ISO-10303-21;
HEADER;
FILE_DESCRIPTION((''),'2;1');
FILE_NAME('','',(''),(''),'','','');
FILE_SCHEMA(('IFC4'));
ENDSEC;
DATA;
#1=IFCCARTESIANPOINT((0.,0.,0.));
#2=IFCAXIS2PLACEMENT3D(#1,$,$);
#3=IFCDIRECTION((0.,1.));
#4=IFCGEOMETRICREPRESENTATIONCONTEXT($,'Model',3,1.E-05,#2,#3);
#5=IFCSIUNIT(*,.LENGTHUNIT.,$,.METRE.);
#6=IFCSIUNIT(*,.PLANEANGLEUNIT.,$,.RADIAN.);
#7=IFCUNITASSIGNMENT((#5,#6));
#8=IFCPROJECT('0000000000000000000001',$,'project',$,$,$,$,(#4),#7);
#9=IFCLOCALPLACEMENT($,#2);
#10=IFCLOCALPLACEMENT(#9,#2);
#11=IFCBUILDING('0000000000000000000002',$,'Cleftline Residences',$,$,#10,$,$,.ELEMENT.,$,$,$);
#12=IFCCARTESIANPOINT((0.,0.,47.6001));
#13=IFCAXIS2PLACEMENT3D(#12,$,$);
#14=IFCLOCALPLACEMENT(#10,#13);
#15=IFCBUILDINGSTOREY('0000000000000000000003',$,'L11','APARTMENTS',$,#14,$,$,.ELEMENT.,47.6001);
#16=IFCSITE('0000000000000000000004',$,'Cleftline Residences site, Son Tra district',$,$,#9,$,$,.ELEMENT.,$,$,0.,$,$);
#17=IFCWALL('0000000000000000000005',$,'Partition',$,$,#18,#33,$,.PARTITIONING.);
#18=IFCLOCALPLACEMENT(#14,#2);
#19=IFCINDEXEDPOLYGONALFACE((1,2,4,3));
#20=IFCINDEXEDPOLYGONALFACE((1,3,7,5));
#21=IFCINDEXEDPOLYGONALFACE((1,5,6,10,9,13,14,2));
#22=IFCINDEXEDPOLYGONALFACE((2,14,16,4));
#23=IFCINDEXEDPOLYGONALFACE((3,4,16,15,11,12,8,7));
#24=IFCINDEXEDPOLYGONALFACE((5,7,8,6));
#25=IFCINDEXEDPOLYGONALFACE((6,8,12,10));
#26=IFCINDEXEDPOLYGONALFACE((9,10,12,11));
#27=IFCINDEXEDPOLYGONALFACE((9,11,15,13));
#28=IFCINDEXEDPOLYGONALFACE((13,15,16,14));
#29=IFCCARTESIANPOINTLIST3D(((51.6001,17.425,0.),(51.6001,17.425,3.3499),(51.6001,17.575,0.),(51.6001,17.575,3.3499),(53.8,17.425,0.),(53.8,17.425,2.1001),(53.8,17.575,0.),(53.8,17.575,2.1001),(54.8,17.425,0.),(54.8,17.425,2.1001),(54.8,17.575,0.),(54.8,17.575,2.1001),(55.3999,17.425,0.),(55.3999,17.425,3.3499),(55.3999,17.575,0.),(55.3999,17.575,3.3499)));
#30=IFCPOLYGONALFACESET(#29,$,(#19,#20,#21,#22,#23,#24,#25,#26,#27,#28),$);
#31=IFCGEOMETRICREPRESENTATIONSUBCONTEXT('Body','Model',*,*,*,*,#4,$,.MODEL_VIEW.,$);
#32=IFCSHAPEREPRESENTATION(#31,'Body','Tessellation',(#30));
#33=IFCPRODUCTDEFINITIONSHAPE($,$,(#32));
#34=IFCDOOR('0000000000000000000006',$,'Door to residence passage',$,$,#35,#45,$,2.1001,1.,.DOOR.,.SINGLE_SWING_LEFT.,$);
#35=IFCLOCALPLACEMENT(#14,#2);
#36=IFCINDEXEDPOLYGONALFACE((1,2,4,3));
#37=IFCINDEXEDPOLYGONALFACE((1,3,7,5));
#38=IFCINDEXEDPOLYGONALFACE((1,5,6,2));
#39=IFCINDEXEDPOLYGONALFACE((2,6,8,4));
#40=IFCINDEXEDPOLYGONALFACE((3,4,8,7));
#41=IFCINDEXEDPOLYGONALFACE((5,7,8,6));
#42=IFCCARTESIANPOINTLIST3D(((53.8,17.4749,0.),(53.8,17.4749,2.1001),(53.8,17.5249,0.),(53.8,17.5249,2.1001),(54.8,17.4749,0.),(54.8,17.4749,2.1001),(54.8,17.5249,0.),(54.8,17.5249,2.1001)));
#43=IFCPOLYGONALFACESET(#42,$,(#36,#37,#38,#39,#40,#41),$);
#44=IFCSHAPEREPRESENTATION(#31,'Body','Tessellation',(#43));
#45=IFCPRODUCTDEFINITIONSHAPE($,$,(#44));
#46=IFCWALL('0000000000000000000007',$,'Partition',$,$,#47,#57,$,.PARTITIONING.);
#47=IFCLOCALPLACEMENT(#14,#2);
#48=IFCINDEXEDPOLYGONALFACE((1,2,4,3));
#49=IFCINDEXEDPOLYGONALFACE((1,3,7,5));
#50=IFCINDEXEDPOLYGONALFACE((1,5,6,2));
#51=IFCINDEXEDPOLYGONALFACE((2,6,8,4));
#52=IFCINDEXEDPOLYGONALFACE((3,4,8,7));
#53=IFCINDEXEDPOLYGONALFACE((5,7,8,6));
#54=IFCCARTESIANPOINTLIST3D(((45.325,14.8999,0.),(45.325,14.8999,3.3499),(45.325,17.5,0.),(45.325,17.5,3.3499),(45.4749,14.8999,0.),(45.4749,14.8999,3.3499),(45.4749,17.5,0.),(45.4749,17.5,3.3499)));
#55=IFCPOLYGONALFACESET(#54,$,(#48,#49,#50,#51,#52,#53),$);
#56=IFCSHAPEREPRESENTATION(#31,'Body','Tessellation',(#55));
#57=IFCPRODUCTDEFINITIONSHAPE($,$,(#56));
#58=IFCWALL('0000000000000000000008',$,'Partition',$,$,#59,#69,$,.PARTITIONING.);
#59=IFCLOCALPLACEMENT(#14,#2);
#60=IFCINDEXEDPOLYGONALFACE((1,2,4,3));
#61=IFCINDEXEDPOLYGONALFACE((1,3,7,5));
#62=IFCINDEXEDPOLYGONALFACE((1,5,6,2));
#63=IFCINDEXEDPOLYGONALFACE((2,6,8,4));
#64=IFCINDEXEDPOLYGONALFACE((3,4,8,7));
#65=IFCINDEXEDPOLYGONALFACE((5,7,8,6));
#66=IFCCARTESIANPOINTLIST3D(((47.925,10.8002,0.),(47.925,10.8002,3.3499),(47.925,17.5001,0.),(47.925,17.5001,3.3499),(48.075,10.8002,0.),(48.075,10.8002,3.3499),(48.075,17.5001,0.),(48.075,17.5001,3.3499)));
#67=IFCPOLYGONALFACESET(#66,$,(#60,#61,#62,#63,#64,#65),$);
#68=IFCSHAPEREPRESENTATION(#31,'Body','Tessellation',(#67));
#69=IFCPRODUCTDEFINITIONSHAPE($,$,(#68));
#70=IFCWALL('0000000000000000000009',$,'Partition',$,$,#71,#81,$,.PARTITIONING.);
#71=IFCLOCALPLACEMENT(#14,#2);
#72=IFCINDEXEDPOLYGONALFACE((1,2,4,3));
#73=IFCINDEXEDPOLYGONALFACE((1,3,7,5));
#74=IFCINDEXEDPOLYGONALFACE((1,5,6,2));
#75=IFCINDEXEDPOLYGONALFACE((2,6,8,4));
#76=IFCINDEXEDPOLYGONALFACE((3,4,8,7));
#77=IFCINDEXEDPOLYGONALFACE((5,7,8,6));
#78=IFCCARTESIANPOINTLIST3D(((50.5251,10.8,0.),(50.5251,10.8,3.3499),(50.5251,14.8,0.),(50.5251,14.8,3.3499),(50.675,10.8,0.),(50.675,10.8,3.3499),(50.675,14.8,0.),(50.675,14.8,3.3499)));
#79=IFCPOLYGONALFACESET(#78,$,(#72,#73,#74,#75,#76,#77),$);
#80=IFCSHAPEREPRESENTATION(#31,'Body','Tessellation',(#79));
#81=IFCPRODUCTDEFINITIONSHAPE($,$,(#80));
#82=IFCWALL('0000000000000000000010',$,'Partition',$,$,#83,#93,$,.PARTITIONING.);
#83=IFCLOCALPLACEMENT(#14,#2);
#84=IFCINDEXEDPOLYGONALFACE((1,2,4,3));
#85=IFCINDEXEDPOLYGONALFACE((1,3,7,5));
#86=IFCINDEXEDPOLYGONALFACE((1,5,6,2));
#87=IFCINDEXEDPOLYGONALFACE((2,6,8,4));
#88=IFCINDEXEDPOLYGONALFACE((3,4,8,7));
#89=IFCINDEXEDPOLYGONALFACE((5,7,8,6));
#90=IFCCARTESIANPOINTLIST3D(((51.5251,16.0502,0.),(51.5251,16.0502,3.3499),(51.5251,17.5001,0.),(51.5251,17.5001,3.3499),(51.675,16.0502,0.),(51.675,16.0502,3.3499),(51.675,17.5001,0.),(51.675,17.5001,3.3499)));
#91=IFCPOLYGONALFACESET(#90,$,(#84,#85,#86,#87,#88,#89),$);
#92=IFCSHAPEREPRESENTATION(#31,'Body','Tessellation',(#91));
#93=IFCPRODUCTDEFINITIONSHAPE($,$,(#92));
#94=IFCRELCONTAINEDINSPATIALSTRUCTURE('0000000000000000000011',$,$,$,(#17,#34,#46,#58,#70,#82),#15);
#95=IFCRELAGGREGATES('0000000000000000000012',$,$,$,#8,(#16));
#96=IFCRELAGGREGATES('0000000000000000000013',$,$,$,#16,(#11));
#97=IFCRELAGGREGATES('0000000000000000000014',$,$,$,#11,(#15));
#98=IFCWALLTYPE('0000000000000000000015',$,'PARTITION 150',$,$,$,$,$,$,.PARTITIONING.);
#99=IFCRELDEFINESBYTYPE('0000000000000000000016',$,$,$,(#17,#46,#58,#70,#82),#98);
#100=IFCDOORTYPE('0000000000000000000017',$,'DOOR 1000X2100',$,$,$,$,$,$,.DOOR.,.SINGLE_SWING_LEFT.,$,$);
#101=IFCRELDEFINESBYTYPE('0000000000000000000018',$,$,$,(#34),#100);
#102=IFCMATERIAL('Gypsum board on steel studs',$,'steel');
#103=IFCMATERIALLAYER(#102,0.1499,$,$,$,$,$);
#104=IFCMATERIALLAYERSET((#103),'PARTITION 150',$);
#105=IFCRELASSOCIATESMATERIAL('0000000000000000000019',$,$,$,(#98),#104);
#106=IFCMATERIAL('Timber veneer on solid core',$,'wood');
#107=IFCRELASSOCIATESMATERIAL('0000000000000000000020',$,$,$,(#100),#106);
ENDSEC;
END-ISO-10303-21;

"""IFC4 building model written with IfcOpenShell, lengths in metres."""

from ifc_helpers import new_model, si_unit, direction, frame, frame_2d, origin, place, context, subcontext, project, spatial, rectangle, extrude, material, layer, layer_set, type_object, element, fill, save


model = new_model("IFC4")

# Units and contexts
model_context = context("Model", 3, precision=1e-05, world=origin(), true_north=direction((0.0, 1.0)))
body_context = subcontext(model_context, "Body", "Model", "MODEL_VIEW")
ifc_project = project(units=[si_unit("LENGTHUNIT", "METRE"), si_unit("PLANEANGLEUNIT", "RADIAN")], contexts=[model_context])

# Site, building, storey
site_placement = place(None, origin())
site = spatial("IfcSite", under=ifc_project, at=site_placement, Name="Cleftline Residences site, Son Tra district", CompositionType="ELEMENT", RefElevation=0.0)
building_placement = place(site_placement, origin())
building = spatial("IfcBuilding", under=site, at=building_placement, Name="Cleftline Residences", CompositionType="ELEMENT")
storey_placement = place(building_placement, frame((0.0, 0.0, 47.6001)))
storey = spatial("IfcBuildingStorey", under=building, at=storey_placement, Name="L11", Description="APARTMENTS", CompositionType="ELEMENT", Elevation=47.6001)

# Shared definitions
ifc_material_1 = material(Name="Gypsum board on steel studs", Category="steel")
ifc_layer_1 = layer(ifc_material_1, 0.1499)
ifc_layer_set_1 = layer_set([ifc_layer_1], Name="PARTITION 150")
wall_type_1 = type_object("IfcWallType", Name="PARTITION 150", PredefinedType="PARTITIONING", material=ifc_layer_set_1)

# Wall, opening, door
wall_1_placement = place(storey_placement, frame((51.6001, 17.5, 0.0), z_axis=(0.0, 0.0, 1.0), x_axis=(1.0, 0.0, 0.0)))
wall_1 = element("IfcWall", 1, at=wall_1_placement, inside=storey, type_object=wall_type_1, Name="Partition", PredefinedType="PARTITIONING", context=body_context, shape_type="SweptSolid", body=[
    extrude(rectangle(XDim=3.7998, YDim=0.1499, at=frame_2d((1.8999, 0.0))), origin(), (0.0, 0.0, 1.0), 3.3499),
])
opening_1_placement = place(wall_1_placement, frame((2.2, 0.0, 0.0)))
opening_1 = element("IfcOpeningElement", 2, at=opening_1_placement, cuts=wall_1, PredefinedType="OPENING", context=body_context, shape_type="SweptSolid", body=[
    extrude(rectangle(XDim=1.0, YDim=2.1001, at=frame_2d((0.5, 1.05))), frame((0.0, 0.085, 0.0), z_axis=(0.0, -1.0, 0.0), x_axis=(1.0, 0.0, 0.0)), (0.0, 0.0, 1.0), 0.1699),
])
ifc_material_2 = material(Name="Timber veneer on solid core", Category="wood")
door_type_1 = type_object("IfcDoorType", Name="DOOR 1000X2100", OperationType="SINGLE_SWING_LEFT", PredefinedType="DOOR", material=ifc_material_2)
door_1_placement = place(opening_1_placement, origin())
door_1 = element("IfcDoor", 3, at=door_1_placement, inside=storey, type_object=door_type_1, Name="Door to residence passage", OperationType="SINGLE_SWING_LEFT", OverallHeight=2.1001, OverallWidth=1.0, PredefinedType="DOOR", context=body_context, shape_type="SweptSolid", body=[
    extrude(rectangle(XDim=1.0, YDim=2.1001, at=frame_2d((0.5, 1.05))), frame((0.0, 0.0249, 0.0), z_axis=(0.0, -1.0, 0.0), x_axis=(1.0, 0.0, 0.0)), (0.0, 0.0, 1.0), 0.05),
])
fill(opening_1, door_1)

# Walls
wall_2_placement = place(storey_placement, frame((45.3999, 14.8999, 0.0), z_axis=(0.0, 0.0, 1.0), x_axis=(0.0, 1.0, 0.0)))
element("IfcWall", 4, at=wall_2_placement, inside=storey, type_object=wall_type_1, Name="Partition", PredefinedType="PARTITIONING", context=body_context, shape_type="SweptSolid", body=[
    extrude(rectangle(XDim=2.6001, YDim=0.1499, at=frame_2d((1.3, 0.0))), origin(), (0.0, 0.0, 1.0), 3.3499),
])
wall_3_placement = place(storey_placement, frame((48.0, 10.8, 0.0), z_axis=(0.0, 0.0, 1.0), x_axis=(0.0, 1.0, 0.0)))
element("IfcWall", 5, at=wall_3_placement, inside=storey, type_object=wall_type_1, Name="Partition", PredefinedType="PARTITIONING", context=body_context, shape_type="SweptSolid", body=[
    extrude(rectangle(XDim=6.7, YDim=0.1499, at=frame_2d((3.3501, 0.0))), origin(), (0.0, 0.0, 1.0), 3.3499),
])
wall_4_placement = place(storey_placement, frame((50.6001, 10.8, 0.0), z_axis=(0.0, 0.0, 1.0), x_axis=(0.0, 1.0, 0.0)))
element("IfcWall", 6, at=wall_4_placement, inside=storey, type_object=wall_type_1, Name="Partition", PredefinedType="PARTITIONING", context=body_context, shape_type="SweptSolid", body=[
    extrude(rectangle(XDim=4.0, YDim=0.1499, at=frame_2d((2.0, 0.0))), origin(), (0.0, 0.0, 1.0), 3.3499),
])
wall_5_placement = place(storey_placement, frame((51.6001, 16.05, 0.0), z_axis=(0.0, 0.0, 1.0), x_axis=(0.0, 1.0, 0.0)))
element("IfcWall", 7, at=wall_5_placement, inside=storey, type_object=wall_type_1, Name="Partition", PredefinedType="PARTITIONING", context=body_context, shape_type="SweptSolid", body=[
    extrude(rectangle(XDim=1.45, YDim=0.1499, at=frame_2d((0.7251, 0.0))), origin(), (0.0, 0.0, 1.0), 3.3499),
])

save(model, "model.ifc")
